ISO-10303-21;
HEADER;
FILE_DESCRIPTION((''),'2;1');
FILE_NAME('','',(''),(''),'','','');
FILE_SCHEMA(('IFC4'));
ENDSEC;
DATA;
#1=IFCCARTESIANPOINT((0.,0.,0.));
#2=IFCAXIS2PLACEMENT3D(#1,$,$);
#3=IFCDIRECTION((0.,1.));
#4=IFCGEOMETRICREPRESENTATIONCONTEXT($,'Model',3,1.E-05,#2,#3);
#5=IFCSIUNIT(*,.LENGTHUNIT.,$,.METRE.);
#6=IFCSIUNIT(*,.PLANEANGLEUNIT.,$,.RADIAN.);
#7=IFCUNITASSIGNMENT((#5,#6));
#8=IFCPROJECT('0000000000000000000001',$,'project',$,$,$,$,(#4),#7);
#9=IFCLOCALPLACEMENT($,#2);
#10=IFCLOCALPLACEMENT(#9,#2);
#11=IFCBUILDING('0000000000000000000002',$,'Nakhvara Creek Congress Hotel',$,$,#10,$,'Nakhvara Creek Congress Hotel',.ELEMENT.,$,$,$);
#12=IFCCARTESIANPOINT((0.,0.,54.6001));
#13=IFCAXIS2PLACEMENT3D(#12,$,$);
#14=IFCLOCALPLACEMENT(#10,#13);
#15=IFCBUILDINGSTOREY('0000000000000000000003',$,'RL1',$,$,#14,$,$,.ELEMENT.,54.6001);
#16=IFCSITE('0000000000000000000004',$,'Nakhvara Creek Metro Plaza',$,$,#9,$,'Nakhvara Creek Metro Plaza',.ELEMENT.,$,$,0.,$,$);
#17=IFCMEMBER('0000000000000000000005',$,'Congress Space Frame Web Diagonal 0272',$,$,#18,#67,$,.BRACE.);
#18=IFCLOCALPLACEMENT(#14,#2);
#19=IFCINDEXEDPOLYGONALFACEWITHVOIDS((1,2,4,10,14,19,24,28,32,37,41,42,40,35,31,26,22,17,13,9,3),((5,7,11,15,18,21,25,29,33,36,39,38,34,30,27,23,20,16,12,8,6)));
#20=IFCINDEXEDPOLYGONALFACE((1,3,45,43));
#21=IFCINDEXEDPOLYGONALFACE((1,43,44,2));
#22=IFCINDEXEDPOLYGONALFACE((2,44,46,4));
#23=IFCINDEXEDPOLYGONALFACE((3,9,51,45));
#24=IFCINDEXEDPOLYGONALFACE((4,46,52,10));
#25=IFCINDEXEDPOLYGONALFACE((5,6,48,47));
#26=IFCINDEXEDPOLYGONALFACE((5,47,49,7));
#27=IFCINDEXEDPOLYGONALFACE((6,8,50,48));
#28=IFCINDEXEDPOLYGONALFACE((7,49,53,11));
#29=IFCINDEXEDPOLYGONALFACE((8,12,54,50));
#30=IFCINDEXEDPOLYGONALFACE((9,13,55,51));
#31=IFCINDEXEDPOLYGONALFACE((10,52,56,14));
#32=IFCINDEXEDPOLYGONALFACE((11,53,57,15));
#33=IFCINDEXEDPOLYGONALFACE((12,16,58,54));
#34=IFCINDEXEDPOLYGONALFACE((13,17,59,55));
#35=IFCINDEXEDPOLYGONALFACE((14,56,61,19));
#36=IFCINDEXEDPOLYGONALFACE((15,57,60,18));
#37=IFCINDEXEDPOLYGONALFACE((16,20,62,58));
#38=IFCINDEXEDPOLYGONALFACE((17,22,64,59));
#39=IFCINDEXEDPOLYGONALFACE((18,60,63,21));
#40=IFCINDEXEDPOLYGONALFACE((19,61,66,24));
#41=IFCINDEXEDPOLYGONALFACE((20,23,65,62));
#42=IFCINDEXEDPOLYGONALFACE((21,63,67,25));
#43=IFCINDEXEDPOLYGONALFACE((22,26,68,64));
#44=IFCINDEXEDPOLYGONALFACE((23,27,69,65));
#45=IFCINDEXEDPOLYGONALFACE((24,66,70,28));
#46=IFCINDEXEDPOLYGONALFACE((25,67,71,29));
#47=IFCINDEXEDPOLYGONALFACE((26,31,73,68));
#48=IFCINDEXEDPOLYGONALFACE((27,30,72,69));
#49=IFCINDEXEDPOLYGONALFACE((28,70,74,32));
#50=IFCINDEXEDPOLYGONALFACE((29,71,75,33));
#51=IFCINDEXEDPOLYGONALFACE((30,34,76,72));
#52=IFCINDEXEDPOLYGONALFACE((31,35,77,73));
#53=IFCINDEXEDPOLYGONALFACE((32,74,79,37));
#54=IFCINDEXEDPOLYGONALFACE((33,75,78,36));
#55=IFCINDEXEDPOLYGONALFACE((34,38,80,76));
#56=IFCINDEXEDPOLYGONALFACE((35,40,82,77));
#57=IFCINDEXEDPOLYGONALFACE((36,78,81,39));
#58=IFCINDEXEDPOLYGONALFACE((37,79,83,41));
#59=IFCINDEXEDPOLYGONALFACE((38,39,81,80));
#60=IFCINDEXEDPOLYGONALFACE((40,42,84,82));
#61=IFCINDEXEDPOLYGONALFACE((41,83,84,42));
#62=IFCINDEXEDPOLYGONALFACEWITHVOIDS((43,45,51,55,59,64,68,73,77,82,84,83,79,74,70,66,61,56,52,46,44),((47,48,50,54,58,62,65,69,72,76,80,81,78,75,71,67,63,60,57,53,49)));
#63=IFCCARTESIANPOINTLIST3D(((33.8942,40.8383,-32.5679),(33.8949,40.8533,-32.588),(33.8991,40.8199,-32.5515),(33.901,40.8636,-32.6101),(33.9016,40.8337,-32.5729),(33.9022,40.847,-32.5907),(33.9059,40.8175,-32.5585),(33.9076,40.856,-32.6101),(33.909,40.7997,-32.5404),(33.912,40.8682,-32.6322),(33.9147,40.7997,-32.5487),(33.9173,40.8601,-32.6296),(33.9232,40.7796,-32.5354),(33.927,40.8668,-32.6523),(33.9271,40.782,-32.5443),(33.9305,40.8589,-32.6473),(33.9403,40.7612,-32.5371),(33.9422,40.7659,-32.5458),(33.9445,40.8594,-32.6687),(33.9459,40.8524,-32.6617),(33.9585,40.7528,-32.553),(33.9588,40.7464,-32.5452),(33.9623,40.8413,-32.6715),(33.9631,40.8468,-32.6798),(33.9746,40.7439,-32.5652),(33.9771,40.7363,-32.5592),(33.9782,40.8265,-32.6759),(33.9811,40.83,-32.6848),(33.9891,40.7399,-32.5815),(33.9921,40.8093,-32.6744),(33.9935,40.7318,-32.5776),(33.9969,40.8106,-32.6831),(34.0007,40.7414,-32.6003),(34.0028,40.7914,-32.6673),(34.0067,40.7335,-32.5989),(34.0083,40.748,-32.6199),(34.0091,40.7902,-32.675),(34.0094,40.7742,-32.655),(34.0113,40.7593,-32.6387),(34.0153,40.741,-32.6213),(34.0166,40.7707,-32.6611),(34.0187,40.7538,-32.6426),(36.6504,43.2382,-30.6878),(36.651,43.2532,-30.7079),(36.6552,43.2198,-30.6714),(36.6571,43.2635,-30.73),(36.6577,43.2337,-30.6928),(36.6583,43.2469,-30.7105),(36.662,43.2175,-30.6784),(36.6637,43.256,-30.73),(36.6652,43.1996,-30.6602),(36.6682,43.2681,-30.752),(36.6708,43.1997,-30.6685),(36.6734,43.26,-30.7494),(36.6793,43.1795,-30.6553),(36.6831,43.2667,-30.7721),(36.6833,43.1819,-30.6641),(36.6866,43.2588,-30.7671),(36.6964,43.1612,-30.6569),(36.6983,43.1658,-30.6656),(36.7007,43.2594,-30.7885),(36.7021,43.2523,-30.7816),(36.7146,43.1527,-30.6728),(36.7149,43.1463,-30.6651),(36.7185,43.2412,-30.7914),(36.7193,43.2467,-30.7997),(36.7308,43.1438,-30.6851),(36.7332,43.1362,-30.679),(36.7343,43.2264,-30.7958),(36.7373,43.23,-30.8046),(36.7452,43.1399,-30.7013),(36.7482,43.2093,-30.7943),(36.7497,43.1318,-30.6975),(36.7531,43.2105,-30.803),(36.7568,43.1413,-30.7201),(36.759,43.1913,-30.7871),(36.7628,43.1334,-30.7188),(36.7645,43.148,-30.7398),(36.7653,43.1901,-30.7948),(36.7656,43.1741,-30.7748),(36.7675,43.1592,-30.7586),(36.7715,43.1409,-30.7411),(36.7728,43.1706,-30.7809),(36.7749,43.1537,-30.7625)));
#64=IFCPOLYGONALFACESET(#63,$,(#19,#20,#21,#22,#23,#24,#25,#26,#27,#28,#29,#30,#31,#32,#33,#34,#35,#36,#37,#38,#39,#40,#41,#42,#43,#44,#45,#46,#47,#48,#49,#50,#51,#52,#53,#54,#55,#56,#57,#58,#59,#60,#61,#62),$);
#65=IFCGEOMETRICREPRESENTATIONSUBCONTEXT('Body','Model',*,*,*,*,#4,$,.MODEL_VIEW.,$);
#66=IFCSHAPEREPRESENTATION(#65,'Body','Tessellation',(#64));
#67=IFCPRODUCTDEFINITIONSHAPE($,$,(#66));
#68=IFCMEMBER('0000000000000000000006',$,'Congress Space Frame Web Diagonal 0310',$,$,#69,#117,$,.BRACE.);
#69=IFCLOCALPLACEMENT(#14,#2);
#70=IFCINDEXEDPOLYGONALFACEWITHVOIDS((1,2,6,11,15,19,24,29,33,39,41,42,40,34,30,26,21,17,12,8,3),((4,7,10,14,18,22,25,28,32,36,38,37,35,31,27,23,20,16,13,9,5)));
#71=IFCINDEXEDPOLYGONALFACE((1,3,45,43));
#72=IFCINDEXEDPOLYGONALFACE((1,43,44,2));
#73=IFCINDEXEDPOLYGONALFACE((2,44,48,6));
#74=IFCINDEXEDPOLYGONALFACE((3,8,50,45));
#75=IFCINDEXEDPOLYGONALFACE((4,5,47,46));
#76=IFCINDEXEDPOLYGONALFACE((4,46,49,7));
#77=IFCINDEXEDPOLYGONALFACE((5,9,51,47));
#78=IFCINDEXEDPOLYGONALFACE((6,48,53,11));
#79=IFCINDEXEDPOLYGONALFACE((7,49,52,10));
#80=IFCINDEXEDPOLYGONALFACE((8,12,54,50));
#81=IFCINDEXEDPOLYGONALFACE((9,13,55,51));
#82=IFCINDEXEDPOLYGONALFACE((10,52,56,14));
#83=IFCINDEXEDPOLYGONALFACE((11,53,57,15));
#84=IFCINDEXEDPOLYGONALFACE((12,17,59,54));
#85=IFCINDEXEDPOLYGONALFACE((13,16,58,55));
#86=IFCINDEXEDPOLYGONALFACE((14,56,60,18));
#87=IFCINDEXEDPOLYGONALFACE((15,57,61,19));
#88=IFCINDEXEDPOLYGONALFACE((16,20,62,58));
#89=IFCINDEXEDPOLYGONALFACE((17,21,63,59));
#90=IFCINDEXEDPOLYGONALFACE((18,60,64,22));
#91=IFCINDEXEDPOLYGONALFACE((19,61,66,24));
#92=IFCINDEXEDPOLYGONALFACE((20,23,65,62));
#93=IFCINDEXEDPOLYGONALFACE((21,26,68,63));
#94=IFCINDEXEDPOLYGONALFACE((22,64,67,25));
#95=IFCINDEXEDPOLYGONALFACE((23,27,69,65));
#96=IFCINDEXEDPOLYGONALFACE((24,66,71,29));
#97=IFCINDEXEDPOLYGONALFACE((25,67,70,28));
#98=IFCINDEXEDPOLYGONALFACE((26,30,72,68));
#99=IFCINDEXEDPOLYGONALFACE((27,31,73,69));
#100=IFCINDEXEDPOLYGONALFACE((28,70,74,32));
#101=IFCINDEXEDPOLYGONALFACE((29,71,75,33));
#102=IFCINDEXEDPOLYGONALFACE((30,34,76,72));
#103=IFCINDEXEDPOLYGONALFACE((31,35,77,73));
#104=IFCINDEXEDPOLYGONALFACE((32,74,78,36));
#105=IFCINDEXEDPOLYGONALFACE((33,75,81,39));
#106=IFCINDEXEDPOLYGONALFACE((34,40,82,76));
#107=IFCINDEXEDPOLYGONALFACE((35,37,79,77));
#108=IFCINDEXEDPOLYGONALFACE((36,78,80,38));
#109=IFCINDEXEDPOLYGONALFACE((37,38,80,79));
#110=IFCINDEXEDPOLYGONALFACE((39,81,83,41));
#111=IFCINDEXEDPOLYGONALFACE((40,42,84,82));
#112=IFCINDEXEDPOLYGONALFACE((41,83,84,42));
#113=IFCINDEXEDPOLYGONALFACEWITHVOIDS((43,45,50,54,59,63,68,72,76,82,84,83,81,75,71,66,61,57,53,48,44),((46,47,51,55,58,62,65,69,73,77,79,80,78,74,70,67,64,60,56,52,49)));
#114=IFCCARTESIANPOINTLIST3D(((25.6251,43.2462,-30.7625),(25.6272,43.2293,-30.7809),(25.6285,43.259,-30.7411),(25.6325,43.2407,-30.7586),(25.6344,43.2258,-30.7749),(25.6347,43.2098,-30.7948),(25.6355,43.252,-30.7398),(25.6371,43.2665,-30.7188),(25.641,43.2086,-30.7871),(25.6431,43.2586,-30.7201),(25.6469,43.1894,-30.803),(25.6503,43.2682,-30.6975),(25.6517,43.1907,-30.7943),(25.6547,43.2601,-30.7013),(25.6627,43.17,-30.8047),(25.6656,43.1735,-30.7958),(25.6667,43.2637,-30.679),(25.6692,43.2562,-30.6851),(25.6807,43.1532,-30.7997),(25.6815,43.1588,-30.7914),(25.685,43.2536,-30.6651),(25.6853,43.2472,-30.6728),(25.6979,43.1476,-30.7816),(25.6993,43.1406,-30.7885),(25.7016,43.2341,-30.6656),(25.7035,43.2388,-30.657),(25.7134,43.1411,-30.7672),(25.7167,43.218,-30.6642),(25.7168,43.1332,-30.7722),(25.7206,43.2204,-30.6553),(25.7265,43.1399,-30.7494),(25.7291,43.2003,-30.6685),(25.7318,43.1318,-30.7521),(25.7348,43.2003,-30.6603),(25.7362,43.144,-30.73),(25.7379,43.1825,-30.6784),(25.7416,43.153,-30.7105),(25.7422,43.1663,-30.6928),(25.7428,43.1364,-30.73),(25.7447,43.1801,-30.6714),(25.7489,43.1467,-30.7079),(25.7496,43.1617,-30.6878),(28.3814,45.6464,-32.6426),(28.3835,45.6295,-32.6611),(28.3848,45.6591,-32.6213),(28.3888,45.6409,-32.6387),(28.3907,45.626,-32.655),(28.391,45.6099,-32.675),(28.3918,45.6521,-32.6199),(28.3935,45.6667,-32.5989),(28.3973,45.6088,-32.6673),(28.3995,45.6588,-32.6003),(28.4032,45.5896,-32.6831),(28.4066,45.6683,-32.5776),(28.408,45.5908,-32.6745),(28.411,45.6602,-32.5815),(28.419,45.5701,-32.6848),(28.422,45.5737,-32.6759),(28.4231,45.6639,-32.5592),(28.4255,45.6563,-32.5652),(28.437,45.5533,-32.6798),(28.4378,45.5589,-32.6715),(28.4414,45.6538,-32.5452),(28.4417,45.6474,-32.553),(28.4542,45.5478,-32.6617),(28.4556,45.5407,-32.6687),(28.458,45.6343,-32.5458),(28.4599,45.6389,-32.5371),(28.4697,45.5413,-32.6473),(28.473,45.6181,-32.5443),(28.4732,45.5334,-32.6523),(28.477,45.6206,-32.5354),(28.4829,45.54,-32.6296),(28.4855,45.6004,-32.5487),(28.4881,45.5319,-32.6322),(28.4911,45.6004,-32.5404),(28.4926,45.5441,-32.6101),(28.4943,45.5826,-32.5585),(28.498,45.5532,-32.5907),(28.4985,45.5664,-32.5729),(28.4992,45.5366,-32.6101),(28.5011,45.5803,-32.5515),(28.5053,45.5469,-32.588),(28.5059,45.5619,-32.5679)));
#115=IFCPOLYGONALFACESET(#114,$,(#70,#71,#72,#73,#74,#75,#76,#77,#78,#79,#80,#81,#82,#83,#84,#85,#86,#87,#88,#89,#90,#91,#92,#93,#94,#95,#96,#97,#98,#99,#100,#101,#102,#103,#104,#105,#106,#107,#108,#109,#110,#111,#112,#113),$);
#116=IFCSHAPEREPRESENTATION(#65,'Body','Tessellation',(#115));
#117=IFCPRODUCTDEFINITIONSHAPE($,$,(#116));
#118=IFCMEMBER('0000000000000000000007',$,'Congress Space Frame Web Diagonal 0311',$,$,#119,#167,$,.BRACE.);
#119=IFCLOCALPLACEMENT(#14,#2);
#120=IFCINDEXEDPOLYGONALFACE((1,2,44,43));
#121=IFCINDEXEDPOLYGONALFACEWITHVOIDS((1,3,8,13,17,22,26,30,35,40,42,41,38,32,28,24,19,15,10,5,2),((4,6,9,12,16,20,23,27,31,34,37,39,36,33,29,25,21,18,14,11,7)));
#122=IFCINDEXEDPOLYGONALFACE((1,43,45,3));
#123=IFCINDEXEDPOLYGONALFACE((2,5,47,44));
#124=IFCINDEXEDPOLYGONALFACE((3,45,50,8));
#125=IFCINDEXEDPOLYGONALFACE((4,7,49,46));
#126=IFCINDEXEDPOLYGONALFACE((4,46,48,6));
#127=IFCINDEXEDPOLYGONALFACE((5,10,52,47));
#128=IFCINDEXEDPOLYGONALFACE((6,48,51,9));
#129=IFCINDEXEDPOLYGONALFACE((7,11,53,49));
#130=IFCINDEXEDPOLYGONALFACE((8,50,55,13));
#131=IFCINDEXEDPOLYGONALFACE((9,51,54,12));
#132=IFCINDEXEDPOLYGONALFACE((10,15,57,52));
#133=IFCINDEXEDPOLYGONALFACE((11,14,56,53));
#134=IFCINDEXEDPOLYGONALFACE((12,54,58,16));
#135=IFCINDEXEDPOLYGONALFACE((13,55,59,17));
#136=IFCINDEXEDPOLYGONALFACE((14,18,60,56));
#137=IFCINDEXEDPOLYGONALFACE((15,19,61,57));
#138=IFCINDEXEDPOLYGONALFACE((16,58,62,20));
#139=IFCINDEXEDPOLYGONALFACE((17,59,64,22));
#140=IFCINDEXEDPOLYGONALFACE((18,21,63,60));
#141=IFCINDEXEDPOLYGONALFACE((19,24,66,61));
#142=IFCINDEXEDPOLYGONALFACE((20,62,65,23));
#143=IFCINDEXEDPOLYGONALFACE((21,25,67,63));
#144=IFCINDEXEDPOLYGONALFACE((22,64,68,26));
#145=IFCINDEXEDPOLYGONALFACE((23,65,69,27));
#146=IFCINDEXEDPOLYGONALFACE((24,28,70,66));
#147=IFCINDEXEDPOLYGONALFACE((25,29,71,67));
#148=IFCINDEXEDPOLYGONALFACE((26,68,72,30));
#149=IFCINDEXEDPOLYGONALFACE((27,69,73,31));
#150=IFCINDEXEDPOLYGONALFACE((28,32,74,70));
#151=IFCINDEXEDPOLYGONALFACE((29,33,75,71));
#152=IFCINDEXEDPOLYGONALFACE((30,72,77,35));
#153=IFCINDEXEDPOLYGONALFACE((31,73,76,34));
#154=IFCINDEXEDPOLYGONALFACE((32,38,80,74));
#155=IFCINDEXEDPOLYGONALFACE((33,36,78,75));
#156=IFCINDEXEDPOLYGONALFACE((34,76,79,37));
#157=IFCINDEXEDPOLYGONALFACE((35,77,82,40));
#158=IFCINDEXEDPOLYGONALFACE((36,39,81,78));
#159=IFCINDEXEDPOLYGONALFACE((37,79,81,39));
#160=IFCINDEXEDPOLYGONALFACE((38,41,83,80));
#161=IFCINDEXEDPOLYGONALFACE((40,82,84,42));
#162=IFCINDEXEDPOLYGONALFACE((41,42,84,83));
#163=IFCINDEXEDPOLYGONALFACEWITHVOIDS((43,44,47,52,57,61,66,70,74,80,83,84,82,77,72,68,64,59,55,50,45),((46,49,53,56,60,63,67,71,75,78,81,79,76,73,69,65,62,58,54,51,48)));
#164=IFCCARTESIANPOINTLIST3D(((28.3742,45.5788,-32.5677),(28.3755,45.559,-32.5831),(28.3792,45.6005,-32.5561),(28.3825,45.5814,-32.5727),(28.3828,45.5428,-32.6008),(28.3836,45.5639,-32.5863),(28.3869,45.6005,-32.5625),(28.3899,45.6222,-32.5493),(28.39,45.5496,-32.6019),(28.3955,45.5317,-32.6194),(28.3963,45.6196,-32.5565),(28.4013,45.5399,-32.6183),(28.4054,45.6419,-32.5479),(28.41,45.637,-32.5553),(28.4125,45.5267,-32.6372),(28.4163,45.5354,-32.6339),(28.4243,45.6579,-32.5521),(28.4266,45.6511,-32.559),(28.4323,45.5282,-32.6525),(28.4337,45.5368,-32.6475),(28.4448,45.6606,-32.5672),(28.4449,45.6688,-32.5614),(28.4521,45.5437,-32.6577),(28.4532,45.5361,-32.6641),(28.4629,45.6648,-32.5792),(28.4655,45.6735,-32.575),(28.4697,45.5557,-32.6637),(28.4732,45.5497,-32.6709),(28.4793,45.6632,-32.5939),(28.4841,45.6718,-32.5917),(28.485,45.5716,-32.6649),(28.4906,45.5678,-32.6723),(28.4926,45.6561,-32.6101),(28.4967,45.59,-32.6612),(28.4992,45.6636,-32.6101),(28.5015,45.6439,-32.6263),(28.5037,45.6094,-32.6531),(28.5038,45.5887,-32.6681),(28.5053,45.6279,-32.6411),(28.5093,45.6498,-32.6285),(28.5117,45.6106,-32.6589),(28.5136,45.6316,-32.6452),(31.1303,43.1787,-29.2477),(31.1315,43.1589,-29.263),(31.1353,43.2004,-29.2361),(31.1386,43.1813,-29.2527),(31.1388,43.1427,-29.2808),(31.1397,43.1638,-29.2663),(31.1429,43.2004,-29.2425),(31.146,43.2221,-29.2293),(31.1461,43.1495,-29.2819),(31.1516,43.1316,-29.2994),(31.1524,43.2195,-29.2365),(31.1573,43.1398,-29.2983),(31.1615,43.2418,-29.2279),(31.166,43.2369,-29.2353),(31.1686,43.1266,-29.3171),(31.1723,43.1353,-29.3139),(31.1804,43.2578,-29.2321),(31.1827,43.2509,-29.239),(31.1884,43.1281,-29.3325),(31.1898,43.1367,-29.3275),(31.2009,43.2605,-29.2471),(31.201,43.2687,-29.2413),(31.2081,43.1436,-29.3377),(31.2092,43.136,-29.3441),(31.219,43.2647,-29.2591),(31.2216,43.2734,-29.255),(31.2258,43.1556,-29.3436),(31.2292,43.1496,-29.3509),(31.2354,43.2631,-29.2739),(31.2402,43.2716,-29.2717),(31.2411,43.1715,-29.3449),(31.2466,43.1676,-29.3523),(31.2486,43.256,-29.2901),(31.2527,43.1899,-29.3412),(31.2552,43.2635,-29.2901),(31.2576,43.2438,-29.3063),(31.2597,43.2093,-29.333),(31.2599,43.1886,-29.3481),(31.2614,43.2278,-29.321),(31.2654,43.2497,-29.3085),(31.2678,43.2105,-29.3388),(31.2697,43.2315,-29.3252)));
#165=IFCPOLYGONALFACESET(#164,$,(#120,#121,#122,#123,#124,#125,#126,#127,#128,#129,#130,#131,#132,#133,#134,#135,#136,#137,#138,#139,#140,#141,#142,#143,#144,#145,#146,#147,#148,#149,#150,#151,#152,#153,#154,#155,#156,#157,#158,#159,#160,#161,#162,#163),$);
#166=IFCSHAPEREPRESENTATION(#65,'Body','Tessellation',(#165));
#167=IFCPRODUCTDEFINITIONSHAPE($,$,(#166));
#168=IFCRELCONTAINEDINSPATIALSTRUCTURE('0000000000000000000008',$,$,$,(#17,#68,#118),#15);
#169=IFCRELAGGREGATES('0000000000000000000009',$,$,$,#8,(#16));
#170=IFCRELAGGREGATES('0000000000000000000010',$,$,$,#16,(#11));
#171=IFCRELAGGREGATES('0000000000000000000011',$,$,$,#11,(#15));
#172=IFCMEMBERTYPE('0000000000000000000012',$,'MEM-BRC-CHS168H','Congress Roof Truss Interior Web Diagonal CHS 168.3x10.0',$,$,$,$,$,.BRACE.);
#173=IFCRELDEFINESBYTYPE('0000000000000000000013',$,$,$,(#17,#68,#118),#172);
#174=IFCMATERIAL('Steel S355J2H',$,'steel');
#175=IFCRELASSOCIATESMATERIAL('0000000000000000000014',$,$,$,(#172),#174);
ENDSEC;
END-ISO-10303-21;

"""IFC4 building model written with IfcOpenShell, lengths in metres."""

from ifc_helpers import new_model, si_unit, direction, frame, origin, origin_2d, place, context, subcontext, project, spatial, hollow_circle, extrude, material, material_profile, profile_set, type_object, element, save


model = new_model("IFC4")

# Units and contexts
model_context = context("Model", 3, precision=1e-05, world=origin(), true_north=direction((0.0, 1.0)))
body_context = subcontext(model_context, "Body", "Model", "MODEL_VIEW")
ifc_project = project(units=[si_unit("LENGTHUNIT", "METRE"), si_unit("PLANEANGLEUNIT", "RADIAN")], contexts=[model_context])

# Site, building, storey
site_placement = place(None, origin())
site = spatial("IfcSite", under=ifc_project, at=site_placement, Name="Nakhvara Creek Metro Plaza", LongName="Nakhvara Creek Metro Plaza", CompositionType="ELEMENT", RefElevation=0.0)
building_placement = place(site_placement, origin())
building = spatial("IfcBuilding", under=site, at=building_placement, Name="Nakhvara Creek Congress Hotel", LongName="Nakhvara Creek Congress Hotel", CompositionType="ELEMENT")
storey_placement = place(building_placement, frame((0.0, 0.0, 54.6001)))
storey = spatial("IfcBuildingStorey", under=building, at=storey_placement, Name="RL1", CompositionType="ELEMENT", Elevation=54.6001)

# Members
ifc_material_1 = material(Name="Steel S355J2H", Category="steel")
ifc_material_profile_1 = material_profile(ifc_material_1, hollow_circle(Radius=0.0842, WallThickness=0.01, at=origin_2d()), Name="CHS 168.3x10.0", Category="LoadBearing")
ifc_profile_set_1 = profile_set([ifc_material_profile_1], Name="Steel S355J2H")
member_type_1 = type_object("IfcMemberType", Name="MEM-BRC-CHS168H", Description="Congress Roof Truss Interior Web Diagonal CHS 168.3x10.0", PredefinedType="BRACE", material=ifc_profile_set_1)
member_1_placement = place(storey_placement, frame((33.9563, 40.8, -32.6101), z_axis=(0.670616, 0.583945, 0.457473), x_axis=(-0.656691, 0.75416, 0.0)))
element("IfcMember", 1, at=member_1_placement, inside=storey, type_object=member_type_1, Name="Congress Space Frame Web Diagonal 0272", PredefinedType="BRACE", context=body_context, shape_type="SweptSolid", body=[
    extrude(hollow_circle(Radius=0.0842, WallThickness=0.01, at=origin_2d()), origin(), (0.0, 0.0, 1.0), 4.1099),
])
member_2_placement = place(storey_placement, frame((28.4438, 45.6001, -32.6101), z_axis=(-0.670626, -0.583961, 0.457439), x_axis=(0.656696, -0.754155, 0.0)))
element("IfcMember", 2, at=member_2_placement, inside=storey, type_object=member_type_1, Name="Congress Space Frame Web Diagonal 0310", PredefinedType="BRACE", context=body_context, shape_type="SweptSolid", body=[
    extrude(hollow_circle(Radius=0.0842, WallThickness=0.01, at=origin_2d()), origin(), (0.0, 0.0, 1.0), 4.1101),
])
member_3_placement = place(storey_placement, frame((28.4438, 45.6001, -32.6101), z_axis=(0.55819, -0.486098, 0.672408), x_axis=(0.656729, 0.754126, 0.0)))
element("IfcMember", 3, at=member_3_placement, inside=storey, type_object=member_type_1, Name="Congress Space Frame Web Diagonal 0311", PredefinedType="BRACE", context=body_context, shape_type="SweptSolid", body=[
    extrude(hollow_circle(Radius=0.0842, WallThickness=0.01, at=origin_2d()), origin(), (0.0, 0.0, 1.0), 4.9375),
])

save(model, "model.ifc")
